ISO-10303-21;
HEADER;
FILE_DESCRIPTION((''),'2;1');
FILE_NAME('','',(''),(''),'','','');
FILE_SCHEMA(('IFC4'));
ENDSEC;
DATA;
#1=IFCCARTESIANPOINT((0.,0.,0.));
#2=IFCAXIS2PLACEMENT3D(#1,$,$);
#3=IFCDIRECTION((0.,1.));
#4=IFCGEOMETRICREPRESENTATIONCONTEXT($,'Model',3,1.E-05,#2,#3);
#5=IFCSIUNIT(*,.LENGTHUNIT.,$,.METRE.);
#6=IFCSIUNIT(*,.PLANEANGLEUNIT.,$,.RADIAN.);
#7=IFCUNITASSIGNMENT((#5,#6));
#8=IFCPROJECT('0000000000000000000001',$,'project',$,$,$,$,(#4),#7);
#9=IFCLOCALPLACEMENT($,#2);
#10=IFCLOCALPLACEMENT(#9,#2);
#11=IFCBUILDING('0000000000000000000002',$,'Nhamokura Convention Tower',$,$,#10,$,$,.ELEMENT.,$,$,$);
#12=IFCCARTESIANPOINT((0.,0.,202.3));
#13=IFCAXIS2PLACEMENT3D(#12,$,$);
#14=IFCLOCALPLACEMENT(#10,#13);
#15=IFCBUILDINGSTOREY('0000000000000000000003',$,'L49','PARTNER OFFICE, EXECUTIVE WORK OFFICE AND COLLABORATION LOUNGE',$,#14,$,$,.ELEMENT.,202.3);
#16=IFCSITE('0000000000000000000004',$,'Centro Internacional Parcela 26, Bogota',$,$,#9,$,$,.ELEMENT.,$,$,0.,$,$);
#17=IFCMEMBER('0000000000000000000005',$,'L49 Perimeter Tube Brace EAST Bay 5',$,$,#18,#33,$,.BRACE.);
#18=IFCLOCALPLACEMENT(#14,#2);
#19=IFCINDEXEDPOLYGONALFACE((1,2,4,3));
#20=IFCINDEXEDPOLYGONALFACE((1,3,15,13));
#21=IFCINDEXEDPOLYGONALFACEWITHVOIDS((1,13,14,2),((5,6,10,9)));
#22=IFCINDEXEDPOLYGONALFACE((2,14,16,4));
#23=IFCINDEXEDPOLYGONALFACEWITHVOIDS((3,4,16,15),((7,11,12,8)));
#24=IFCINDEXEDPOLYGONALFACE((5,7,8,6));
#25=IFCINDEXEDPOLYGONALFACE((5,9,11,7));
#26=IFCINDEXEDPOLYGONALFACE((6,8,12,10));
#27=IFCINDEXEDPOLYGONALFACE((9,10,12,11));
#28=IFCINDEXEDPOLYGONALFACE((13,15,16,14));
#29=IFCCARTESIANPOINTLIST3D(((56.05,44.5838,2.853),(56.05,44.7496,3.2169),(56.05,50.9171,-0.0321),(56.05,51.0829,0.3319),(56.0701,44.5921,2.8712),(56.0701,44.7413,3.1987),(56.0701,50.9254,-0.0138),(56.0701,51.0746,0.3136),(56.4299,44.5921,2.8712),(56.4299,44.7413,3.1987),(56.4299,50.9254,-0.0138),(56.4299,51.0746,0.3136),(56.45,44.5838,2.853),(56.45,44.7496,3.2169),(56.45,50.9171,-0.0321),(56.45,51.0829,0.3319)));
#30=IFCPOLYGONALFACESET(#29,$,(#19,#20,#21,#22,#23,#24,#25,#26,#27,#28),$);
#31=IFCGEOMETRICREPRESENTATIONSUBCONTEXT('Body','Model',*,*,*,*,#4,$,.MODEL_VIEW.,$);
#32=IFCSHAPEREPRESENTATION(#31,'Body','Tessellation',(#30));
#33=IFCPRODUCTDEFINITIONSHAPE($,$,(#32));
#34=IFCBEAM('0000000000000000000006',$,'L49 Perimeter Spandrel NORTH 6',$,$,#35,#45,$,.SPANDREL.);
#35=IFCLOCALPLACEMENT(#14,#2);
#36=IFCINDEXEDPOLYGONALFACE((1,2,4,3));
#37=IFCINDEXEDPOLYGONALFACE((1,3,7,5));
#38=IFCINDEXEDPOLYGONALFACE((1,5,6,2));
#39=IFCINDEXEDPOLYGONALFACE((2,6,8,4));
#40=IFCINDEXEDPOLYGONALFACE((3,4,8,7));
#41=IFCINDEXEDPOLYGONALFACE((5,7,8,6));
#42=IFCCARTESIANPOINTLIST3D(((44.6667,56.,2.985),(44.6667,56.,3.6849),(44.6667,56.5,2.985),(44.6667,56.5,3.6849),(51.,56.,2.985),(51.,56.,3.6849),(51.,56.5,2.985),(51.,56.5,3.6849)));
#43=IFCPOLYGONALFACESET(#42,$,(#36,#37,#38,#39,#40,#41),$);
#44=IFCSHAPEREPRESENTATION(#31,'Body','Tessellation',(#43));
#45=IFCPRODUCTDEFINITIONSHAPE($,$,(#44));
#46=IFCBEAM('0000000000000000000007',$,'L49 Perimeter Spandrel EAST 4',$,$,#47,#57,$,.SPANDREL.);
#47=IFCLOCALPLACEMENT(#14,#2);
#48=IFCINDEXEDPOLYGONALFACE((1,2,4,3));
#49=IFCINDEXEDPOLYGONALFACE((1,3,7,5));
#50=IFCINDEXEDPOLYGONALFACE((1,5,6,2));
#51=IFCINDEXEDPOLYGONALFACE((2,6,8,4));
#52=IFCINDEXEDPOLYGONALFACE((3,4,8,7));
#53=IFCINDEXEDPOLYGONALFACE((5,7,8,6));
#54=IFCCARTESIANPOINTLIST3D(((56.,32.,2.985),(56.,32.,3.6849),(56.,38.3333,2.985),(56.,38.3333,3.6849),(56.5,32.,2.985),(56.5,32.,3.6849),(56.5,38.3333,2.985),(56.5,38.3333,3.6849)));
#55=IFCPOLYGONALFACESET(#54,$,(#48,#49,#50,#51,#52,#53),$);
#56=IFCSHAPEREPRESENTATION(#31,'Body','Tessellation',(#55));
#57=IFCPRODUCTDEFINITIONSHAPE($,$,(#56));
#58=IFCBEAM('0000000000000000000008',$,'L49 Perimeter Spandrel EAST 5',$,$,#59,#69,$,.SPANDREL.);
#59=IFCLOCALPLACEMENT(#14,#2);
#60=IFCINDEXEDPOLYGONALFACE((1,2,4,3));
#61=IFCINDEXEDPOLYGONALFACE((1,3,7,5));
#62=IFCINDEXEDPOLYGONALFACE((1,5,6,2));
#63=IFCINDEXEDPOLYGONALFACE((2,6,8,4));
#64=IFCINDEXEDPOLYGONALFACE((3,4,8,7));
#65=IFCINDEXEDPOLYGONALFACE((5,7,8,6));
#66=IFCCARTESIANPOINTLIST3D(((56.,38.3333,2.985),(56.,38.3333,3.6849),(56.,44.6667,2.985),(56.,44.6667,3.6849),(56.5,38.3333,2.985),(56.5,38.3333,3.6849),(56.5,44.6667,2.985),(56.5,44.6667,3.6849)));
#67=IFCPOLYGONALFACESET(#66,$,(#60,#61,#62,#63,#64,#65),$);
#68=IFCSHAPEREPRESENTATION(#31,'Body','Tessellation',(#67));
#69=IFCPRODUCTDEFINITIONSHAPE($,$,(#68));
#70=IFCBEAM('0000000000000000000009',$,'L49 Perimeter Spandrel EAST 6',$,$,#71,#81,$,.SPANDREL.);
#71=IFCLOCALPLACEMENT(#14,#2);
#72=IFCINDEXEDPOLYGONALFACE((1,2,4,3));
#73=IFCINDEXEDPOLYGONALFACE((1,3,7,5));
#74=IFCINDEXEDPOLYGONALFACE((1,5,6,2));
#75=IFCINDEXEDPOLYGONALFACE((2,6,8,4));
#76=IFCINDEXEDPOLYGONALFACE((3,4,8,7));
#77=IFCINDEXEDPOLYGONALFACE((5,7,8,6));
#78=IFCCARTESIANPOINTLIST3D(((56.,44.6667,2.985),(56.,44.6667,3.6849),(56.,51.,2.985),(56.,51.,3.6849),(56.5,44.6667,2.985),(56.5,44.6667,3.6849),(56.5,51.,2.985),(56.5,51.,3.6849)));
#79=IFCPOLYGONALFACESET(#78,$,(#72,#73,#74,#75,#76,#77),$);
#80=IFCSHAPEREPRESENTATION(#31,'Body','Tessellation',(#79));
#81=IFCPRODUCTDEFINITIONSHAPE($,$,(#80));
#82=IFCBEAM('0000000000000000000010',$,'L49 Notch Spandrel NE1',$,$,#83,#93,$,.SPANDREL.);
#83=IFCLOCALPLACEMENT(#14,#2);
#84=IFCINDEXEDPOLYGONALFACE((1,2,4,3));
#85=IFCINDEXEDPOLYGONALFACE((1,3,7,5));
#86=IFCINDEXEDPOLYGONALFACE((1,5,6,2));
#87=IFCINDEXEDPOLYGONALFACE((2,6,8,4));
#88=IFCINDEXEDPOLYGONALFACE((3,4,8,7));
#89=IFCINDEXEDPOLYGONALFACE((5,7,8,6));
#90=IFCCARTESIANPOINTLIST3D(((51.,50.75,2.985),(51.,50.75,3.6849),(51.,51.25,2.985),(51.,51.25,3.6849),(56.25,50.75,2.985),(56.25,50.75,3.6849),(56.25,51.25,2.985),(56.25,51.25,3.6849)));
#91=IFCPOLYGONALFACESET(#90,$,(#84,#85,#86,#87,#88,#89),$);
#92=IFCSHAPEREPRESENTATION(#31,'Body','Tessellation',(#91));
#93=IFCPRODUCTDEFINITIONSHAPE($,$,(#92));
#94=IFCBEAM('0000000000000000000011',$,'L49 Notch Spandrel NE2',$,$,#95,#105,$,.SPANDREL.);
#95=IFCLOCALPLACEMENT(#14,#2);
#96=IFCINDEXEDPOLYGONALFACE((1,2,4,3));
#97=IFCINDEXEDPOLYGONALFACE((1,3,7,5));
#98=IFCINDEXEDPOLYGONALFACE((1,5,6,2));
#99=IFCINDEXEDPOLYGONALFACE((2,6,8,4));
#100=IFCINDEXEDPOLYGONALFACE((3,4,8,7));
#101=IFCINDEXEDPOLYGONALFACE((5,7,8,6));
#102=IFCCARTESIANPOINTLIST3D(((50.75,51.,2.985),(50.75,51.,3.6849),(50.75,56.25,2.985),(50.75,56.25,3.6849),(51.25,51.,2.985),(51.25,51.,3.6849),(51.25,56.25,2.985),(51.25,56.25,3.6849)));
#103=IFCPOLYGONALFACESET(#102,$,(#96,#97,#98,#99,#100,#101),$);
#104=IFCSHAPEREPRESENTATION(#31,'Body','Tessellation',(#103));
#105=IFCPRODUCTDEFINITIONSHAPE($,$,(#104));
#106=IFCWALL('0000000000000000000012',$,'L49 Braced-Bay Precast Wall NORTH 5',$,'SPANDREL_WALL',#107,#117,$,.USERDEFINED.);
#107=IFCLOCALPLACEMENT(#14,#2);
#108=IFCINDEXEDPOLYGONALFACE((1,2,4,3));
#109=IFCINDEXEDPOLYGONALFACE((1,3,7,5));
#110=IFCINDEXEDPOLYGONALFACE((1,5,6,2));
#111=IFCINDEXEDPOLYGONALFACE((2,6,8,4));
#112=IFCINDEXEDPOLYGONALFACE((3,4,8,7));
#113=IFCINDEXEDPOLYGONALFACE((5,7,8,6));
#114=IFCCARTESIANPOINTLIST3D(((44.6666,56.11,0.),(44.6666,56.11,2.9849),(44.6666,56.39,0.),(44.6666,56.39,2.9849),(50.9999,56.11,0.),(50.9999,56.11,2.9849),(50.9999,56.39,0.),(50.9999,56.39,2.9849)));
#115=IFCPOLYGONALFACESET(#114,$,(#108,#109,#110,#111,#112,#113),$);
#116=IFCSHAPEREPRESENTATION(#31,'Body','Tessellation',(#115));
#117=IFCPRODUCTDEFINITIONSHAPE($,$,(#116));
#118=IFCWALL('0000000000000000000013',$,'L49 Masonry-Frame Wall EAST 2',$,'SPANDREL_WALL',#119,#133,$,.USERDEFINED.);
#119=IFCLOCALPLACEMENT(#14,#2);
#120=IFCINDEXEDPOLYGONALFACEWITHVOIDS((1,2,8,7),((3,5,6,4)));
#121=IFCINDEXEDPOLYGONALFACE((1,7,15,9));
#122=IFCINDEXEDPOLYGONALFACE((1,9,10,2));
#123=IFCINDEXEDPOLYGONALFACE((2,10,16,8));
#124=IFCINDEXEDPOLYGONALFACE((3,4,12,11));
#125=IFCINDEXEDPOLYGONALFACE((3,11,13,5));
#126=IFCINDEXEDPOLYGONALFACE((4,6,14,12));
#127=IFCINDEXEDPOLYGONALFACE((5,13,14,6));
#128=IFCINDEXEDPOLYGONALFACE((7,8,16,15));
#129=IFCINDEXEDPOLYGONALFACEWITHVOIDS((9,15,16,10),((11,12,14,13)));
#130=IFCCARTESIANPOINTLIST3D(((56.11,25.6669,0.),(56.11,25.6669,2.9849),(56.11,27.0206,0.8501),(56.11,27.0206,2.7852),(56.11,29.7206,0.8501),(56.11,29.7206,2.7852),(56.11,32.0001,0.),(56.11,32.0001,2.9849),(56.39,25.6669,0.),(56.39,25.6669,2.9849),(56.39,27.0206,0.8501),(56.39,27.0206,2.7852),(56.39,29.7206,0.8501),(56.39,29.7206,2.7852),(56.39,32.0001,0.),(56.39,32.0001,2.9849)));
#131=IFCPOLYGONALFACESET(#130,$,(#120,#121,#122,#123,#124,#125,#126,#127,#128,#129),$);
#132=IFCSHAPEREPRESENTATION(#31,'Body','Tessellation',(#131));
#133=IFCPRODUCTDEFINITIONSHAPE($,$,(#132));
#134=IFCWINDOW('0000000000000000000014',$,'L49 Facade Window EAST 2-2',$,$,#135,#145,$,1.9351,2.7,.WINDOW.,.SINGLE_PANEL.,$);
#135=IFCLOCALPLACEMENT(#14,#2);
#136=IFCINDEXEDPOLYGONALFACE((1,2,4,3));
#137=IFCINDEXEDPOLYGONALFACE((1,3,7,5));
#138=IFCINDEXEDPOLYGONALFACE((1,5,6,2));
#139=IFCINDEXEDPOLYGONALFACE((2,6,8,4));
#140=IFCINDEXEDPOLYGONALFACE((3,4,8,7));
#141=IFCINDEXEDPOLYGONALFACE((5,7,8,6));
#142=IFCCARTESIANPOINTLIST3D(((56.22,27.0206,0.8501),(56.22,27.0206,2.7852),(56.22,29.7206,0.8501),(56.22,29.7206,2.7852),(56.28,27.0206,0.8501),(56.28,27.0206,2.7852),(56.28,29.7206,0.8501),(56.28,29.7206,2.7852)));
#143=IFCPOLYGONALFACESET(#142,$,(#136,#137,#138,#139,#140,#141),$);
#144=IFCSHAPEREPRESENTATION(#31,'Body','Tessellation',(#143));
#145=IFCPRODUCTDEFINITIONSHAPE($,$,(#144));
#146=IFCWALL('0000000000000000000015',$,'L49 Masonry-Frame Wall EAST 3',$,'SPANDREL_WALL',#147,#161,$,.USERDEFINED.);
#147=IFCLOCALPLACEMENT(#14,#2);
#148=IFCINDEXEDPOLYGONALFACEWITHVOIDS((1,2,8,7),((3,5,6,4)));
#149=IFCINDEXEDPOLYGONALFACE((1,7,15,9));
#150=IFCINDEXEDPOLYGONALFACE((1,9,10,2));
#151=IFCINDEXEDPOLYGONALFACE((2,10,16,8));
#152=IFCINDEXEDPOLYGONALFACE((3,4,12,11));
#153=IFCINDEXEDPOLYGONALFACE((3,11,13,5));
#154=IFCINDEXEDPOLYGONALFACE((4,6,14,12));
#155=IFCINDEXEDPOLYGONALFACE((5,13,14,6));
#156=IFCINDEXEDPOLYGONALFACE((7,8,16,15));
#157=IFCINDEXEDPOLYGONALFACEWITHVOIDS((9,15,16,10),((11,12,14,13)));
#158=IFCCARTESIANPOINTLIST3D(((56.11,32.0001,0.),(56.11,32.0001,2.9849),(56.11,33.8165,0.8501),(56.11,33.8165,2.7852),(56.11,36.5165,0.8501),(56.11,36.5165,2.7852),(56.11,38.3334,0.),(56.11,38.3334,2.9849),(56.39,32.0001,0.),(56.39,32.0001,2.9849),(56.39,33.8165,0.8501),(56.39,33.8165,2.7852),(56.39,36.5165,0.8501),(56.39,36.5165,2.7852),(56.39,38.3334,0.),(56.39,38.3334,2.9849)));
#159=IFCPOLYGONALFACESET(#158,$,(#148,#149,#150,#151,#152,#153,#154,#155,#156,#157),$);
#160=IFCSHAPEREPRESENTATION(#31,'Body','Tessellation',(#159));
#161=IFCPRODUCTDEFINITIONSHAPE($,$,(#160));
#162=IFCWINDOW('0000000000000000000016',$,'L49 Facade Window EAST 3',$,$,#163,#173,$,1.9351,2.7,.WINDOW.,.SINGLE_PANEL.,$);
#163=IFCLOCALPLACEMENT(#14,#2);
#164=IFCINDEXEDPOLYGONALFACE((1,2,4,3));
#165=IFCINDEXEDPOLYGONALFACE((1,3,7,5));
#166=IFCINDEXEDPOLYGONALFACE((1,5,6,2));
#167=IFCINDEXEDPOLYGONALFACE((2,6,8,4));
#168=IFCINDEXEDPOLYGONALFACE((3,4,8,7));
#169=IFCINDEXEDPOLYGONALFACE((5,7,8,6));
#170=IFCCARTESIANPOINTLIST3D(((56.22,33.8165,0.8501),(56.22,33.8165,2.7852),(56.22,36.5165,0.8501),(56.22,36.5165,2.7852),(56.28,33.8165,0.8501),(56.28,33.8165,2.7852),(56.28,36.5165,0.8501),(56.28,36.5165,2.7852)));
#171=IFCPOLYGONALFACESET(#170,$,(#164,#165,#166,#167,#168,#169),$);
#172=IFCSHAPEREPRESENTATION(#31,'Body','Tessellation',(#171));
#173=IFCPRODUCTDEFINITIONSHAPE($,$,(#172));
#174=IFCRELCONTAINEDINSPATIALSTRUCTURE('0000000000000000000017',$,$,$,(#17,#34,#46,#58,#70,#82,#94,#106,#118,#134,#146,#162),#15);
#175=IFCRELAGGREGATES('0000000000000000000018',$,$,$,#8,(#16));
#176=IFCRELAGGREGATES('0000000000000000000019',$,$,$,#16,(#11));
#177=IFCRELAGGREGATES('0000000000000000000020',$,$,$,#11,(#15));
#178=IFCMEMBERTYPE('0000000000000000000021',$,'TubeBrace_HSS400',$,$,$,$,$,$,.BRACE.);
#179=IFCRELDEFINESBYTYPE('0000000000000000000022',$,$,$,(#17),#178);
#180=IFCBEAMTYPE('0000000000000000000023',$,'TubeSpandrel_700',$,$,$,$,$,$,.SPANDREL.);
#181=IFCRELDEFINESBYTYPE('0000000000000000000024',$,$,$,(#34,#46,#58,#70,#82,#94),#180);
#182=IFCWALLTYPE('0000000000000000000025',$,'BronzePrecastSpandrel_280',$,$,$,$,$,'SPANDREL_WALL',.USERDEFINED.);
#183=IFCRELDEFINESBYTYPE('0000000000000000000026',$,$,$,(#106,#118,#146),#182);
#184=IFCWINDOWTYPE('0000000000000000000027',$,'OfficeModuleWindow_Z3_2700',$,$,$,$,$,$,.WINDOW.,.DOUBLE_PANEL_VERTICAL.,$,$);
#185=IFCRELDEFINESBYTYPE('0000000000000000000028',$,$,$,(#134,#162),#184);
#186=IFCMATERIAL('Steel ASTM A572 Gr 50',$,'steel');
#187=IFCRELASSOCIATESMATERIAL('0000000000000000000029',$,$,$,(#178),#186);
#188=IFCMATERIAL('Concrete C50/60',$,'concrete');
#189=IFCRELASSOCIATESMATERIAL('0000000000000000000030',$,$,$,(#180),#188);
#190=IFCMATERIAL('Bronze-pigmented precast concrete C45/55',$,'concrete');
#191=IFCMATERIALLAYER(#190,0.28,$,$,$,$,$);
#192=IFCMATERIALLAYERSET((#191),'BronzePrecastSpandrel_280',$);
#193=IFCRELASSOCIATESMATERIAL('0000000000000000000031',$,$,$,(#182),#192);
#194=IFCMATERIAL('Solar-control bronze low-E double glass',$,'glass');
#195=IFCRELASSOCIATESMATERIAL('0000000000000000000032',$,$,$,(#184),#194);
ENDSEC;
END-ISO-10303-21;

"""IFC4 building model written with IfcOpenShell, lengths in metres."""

from ifc_helpers import new_model, si_unit, direction, frame, frame_2d, origin, origin_2d, place, context, subcontext, project, spatial, rectangle, hollow_rectangle, extrude, material, layer, layer_set, material_profile, profile_set, type_object, element, fill, save


model = new_model("IFC4")

# Units and contexts
model_context = context("Model", 3, precision=1e-05, world=origin(), true_north=direction((0.0, 1.0)))
body_context = subcontext(model_context, "Body", "Model", "MODEL_VIEW")
ifc_project = project(units=[si_unit("LENGTHUNIT", "METRE"), si_unit("PLANEANGLEUNIT", "RADIAN")], contexts=[model_context])

# Site, building, storey
site_placement = place(None, origin())
site = spatial("IfcSite", under=ifc_project, at=site_placement, Name="Centro Internacional Parcela 26, Bogota", CompositionType="ELEMENT", RefElevation=0.0)
building_placement = place(site_placement, origin())
building = spatial("IfcBuilding", under=site, at=building_placement, Name="Nhamokura Convention Tower", CompositionType="ELEMENT")
storey_placement = place(building_placement, frame((0.0, 0.0, 202.3)))
storey = spatial("IfcBuildingStorey", under=building, at=storey_placement, Name="L49", Description="PARTNER OFFICE, EXECUTIVE WORK OFFICE AND COLLABORATION LOUNGE", CompositionType="ELEMENT", Elevation=202.3)

# Member
ifc_material_1 = material(Name="Steel ASTM A572 Gr 50", Category="steel")
ifc_material_profile_1 = material_profile(ifc_material_1, hollow_rectangle(XDim=0.3999, YDim=0.3999, WallThickness=0.02, at=origin_2d()))
ifc_profile_set_1 = profile_set([ifc_material_profile_1], Name="Steel ASTM A572 Gr 50")
member_type_1 = type_object("IfcMemberType", Name="TubeBrace_HSS400", PredefinedType="BRACE", material=ifc_profile_set_1)
for number, where, z_axis, x_axis, name in (
    (1, (56.25, 51.0, 0.1499), (0.0, -0.910027, 0.414548), (1.0, 0.0, 0.0), "L49 Perimeter Tube Brace EAST Bay 5"),
):
    element("IfcMember", number, at=place(storey_placement, frame(where, z_axis=z_axis, x_axis=x_axis)), inside=storey, type_object=member_type_1, Name=name, PredefinedType="BRACE", context=body_context, shape_type="SweptSolid", body=[
        extrude(hollow_rectangle(XDim=0.3999, YDim=0.3999, WallThickness=0.02, at=origin_2d()), origin(), (0.0, 0.0, 1.0), 6.9595),
    ])

# Beams
ifc_material_2 = material(Name="Concrete C50/60", Category="concrete")
ifc_material_profile_2 = material_profile(ifc_material_2, rectangle(XDim=0.5, YDim=0.7, at=origin_2d()))
ifc_profile_set_2 = profile_set([ifc_material_profile_2], Name="Concrete C50/60")
beam_type_1 = type_object("IfcBeamType", Name="TubeSpandrel_700", PredefinedType="SPANDREL", material=ifc_profile_set_2)
for number, where, z_axis, x_axis, name in (
    (2, (44.6667, 56.25, 3.335), (1.0, 0.0, 0.0), (0.0, 1.0, 0.0), "L49 Perimeter Spandrel NORTH 6"),
    (3, (56.25, 32.0, 3.335), (0.0, 1.0, 0.0), (-1.0, 0.0, 0.0), "L49 Perimeter Spandrel EAST 4"),
):
    element("IfcBeam", number, at=place(storey_placement, frame(where, z_axis=z_axis, x_axis=x_axis)), inside=storey, type_object=beam_type_1, Name=name, PredefinedType="SPANDREL", context=body_context, shape_type="SweptSolid", body=[
        extrude(rectangle(XDim=0.5, YDim=0.7, at=origin_2d()), origin(), (0.0, 0.0, 1.0), 6.3333),
    ])
beam_1_placement = place(storey_placement, frame((56.25, 38.3333, 3.335), z_axis=(0.0, 1.0, 0.0), x_axis=(-1.0, 0.0, 0.0)))
element("IfcBeam", 4, at=beam_1_placement, inside=storey, type_object=beam_type_1, Name="L49 Perimeter Spandrel EAST 5", PredefinedType="SPANDREL", context=body_context, shape_type="SweptSolid", body=[
    extrude(rectangle(XDim=0.5, YDim=0.7, at=origin_2d()), origin(), (0.0, 0.0, 1.0), 6.3335),
])
beam_2_placement = place(storey_placement, frame((56.25, 44.6667, 3.335), z_axis=(0.0, 1.0, 0.0), x_axis=(-1.0, 0.0, 0.0)))
element("IfcBeam", 5, at=beam_2_placement, inside=storey, type_object=beam_type_1, Name="L49 Perimeter Spandrel EAST 6", PredefinedType="SPANDREL", context=body_context, shape_type="SweptSolid", body=[
    extrude(rectangle(XDim=0.5, YDim=0.7, at=origin_2d()), origin(), (0.0, 0.0, 1.0), 6.3333),
])
for number, where, z_axis, x_axis, name in (
    (6, (56.25, 51.0, 3.335), (-1.0, 0.0, 0.0), (0.0, -1.0, 0.0), "L49 Notch Spandrel NE1"),
    (7, (51.0, 51.0, 3.335), (0.0, 1.0, 0.0), (-1.0, 0.0, 0.0), "L49 Notch Spandrel NE2"),
):
    element("IfcBeam", number, at=place(storey_placement, frame(where, z_axis=z_axis, x_axis=x_axis)), inside=storey, type_object=beam_type_1, Name=name, PredefinedType="SPANDREL", context=body_context, shape_type="SweptSolid", body=[
        extrude(rectangle(XDim=0.5, YDim=0.7, at=origin_2d()), origin(), (0.0, 0.0, 1.0), 5.25),
    ])

# Wall
ifc_material_3 = material(Name="Bronze-pigmented precast concrete C45/55", Category="concrete")
ifc_layer_1 = layer(ifc_material_3, 0.28)
ifc_layer_set_1 = layer_set([ifc_layer_1], Name="BronzePrecastSpandrel_280")
wall_type_1 = type_object("IfcWallType", Name="BronzePrecastSpandrel_280", ElementType="SPANDREL_WALL", PredefinedType="USERDEFINED", material=ifc_layer_set_1)
wall_1_placement = place(storey_placement, frame((44.6667, 56.25, 0.0), z_axis=(0.0, 0.0, 1.0), x_axis=(1.0, 0.0, 0.0)))
element("IfcWall", 8, at=wall_1_placement, inside=storey, type_object=wall_type_1, Name="L49 Braced-Bay Precast Wall NORTH 5", ObjectType="SPANDREL_WALL", PredefinedType="USERDEFINED", context=body_context, shape_type="SweptSolid", body=[
    extrude(rectangle(XDim=6.3333, YDim=0.28, at=frame_2d((3.1665, 0.0))), origin(), (0.0, 0.0, 1.0), 2.9849),
])

# Walls, openings, windows
wall_2_placement = place(storey_placement, frame((56.25, 32.0, 0.0), z_axis=(0.0, 0.0, 1.0), x_axis=(0.0, -1.0, 0.0)))
wall_2 = element("IfcWall", 9, at=wall_2_placement, inside=storey, type_object=wall_type_1, Name="L49 Masonry-Frame Wall EAST 2", ObjectType="SPANDREL_WALL", PredefinedType="USERDEFINED", context=body_context, shape_type="SweptSolid", body=[
    extrude(rectangle(XDim=6.3333, YDim=0.28, at=frame_2d((3.1665, 0.0))), origin(), (0.0, 0.0, 1.0), 2.9849),
])
opening_1_placement = place(wall_2_placement, frame((2.2793, 0.0, 0.8501)))
opening_1 = element("IfcOpeningElement", 10, at=opening_1_placement, cuts=wall_2, PredefinedType="OPENING", context=body_context, shape_type="SweptSolid", body=[
    extrude(rectangle(XDim=2.7, YDim=1.9351, at=frame_2d((1.3501, 0.9675))), frame((0.0, 0.1499, 0.0), z_axis=(0.0, -1.0, 0.0), x_axis=(1.0, 0.0, 0.0)), (0.0, 0.0, 1.0), 0.3),
])
ifc_material_4 = material(Name="Solar-control bronze low-E double glass", Category="glass")
window_type_1 = type_object("IfcWindowType", Name="OfficeModuleWindow_Z3_2700", PartitioningType="DOUBLE_PANEL_VERTICAL", PredefinedType="WINDOW", material=ifc_material_4)
window_1_placement = place(opening_1_placement, origin())
window_1 = element("IfcWindow", 11, at=window_1_placement, inside=storey, type_object=window_type_1, Name="L49 Facade Window EAST 2-2", OverallHeight=1.9351, OverallWidth=2.7, PartitioningType="SINGLE_PANEL", PredefinedType="WINDOW", context=body_context, shape_type="SweptSolid", body=[
    extrude(rectangle(XDim=2.7, YDim=1.9351, at=frame_2d((1.3501, 0.9675))), frame((0.0, 0.03, 0.0), z_axis=(0.0, -1.0, 0.0), x_axis=(1.0, 0.0, 0.0)), (0.0, 0.0, 1.0), 0.0601),
])
fill(opening_1, window_1)
wall_3_placement = place(storey_placement, frame((56.25, 38.3333, 0.0), z_axis=(0.0, 0.0, 1.0), x_axis=(0.0, -1.0, 0.0)))
wall_3 = element("IfcWall", 12, at=wall_3_placement, inside=storey, type_object=wall_type_1, Name="L49 Masonry-Frame Wall EAST 3", ObjectType="SPANDREL_WALL", PredefinedType="USERDEFINED", context=body_context, shape_type="SweptSolid", body=[
    extrude(rectangle(XDim=6.3333, YDim=0.28, at=frame_2d((3.1665, 0.0))), origin(), (0.0, 0.0, 1.0), 2.9849),
])
opening_2_placement = place(wall_3_placement, frame((1.8167, 0.0, 0.8501)))
opening_2 = element("IfcOpeningElement", 13, at=opening_2_placement, cuts=wall_3, PredefinedType="OPENING", context=body_context, shape_type="SweptSolid", body=[
    extrude(rectangle(XDim=2.7, YDim=1.9351, at=frame_2d((1.3501, 0.9675))), frame((0.0, 0.1499, 0.0), z_axis=(0.0, -1.0, 0.0), x_axis=(1.0, 0.0, 0.0)), (0.0, 0.0, 1.0), 0.3),
])
window_2_placement = place(opening_2_placement, origin())
window_2 = element("IfcWindow", 14, at=window_2_placement, inside=storey, type_object=window_type_1, Name="L49 Facade Window EAST 3", OverallHeight=1.9351, OverallWidth=2.7, PartitioningType="SINGLE_PANEL", PredefinedType="WINDOW", context=body_context, shape_type="SweptSolid", body=[
    extrude(rectangle(XDim=2.7, YDim=1.9351, at=frame_2d((1.3501, 0.9675))), frame((0.0, 0.03, 0.0), z_axis=(0.0, -1.0, 0.0), x_axis=(1.0, 0.0, 0.0)), (0.0, 0.0, 1.0), 0.0601),
])
fill(opening_2, window_2)

save(model, "model.ifc")
